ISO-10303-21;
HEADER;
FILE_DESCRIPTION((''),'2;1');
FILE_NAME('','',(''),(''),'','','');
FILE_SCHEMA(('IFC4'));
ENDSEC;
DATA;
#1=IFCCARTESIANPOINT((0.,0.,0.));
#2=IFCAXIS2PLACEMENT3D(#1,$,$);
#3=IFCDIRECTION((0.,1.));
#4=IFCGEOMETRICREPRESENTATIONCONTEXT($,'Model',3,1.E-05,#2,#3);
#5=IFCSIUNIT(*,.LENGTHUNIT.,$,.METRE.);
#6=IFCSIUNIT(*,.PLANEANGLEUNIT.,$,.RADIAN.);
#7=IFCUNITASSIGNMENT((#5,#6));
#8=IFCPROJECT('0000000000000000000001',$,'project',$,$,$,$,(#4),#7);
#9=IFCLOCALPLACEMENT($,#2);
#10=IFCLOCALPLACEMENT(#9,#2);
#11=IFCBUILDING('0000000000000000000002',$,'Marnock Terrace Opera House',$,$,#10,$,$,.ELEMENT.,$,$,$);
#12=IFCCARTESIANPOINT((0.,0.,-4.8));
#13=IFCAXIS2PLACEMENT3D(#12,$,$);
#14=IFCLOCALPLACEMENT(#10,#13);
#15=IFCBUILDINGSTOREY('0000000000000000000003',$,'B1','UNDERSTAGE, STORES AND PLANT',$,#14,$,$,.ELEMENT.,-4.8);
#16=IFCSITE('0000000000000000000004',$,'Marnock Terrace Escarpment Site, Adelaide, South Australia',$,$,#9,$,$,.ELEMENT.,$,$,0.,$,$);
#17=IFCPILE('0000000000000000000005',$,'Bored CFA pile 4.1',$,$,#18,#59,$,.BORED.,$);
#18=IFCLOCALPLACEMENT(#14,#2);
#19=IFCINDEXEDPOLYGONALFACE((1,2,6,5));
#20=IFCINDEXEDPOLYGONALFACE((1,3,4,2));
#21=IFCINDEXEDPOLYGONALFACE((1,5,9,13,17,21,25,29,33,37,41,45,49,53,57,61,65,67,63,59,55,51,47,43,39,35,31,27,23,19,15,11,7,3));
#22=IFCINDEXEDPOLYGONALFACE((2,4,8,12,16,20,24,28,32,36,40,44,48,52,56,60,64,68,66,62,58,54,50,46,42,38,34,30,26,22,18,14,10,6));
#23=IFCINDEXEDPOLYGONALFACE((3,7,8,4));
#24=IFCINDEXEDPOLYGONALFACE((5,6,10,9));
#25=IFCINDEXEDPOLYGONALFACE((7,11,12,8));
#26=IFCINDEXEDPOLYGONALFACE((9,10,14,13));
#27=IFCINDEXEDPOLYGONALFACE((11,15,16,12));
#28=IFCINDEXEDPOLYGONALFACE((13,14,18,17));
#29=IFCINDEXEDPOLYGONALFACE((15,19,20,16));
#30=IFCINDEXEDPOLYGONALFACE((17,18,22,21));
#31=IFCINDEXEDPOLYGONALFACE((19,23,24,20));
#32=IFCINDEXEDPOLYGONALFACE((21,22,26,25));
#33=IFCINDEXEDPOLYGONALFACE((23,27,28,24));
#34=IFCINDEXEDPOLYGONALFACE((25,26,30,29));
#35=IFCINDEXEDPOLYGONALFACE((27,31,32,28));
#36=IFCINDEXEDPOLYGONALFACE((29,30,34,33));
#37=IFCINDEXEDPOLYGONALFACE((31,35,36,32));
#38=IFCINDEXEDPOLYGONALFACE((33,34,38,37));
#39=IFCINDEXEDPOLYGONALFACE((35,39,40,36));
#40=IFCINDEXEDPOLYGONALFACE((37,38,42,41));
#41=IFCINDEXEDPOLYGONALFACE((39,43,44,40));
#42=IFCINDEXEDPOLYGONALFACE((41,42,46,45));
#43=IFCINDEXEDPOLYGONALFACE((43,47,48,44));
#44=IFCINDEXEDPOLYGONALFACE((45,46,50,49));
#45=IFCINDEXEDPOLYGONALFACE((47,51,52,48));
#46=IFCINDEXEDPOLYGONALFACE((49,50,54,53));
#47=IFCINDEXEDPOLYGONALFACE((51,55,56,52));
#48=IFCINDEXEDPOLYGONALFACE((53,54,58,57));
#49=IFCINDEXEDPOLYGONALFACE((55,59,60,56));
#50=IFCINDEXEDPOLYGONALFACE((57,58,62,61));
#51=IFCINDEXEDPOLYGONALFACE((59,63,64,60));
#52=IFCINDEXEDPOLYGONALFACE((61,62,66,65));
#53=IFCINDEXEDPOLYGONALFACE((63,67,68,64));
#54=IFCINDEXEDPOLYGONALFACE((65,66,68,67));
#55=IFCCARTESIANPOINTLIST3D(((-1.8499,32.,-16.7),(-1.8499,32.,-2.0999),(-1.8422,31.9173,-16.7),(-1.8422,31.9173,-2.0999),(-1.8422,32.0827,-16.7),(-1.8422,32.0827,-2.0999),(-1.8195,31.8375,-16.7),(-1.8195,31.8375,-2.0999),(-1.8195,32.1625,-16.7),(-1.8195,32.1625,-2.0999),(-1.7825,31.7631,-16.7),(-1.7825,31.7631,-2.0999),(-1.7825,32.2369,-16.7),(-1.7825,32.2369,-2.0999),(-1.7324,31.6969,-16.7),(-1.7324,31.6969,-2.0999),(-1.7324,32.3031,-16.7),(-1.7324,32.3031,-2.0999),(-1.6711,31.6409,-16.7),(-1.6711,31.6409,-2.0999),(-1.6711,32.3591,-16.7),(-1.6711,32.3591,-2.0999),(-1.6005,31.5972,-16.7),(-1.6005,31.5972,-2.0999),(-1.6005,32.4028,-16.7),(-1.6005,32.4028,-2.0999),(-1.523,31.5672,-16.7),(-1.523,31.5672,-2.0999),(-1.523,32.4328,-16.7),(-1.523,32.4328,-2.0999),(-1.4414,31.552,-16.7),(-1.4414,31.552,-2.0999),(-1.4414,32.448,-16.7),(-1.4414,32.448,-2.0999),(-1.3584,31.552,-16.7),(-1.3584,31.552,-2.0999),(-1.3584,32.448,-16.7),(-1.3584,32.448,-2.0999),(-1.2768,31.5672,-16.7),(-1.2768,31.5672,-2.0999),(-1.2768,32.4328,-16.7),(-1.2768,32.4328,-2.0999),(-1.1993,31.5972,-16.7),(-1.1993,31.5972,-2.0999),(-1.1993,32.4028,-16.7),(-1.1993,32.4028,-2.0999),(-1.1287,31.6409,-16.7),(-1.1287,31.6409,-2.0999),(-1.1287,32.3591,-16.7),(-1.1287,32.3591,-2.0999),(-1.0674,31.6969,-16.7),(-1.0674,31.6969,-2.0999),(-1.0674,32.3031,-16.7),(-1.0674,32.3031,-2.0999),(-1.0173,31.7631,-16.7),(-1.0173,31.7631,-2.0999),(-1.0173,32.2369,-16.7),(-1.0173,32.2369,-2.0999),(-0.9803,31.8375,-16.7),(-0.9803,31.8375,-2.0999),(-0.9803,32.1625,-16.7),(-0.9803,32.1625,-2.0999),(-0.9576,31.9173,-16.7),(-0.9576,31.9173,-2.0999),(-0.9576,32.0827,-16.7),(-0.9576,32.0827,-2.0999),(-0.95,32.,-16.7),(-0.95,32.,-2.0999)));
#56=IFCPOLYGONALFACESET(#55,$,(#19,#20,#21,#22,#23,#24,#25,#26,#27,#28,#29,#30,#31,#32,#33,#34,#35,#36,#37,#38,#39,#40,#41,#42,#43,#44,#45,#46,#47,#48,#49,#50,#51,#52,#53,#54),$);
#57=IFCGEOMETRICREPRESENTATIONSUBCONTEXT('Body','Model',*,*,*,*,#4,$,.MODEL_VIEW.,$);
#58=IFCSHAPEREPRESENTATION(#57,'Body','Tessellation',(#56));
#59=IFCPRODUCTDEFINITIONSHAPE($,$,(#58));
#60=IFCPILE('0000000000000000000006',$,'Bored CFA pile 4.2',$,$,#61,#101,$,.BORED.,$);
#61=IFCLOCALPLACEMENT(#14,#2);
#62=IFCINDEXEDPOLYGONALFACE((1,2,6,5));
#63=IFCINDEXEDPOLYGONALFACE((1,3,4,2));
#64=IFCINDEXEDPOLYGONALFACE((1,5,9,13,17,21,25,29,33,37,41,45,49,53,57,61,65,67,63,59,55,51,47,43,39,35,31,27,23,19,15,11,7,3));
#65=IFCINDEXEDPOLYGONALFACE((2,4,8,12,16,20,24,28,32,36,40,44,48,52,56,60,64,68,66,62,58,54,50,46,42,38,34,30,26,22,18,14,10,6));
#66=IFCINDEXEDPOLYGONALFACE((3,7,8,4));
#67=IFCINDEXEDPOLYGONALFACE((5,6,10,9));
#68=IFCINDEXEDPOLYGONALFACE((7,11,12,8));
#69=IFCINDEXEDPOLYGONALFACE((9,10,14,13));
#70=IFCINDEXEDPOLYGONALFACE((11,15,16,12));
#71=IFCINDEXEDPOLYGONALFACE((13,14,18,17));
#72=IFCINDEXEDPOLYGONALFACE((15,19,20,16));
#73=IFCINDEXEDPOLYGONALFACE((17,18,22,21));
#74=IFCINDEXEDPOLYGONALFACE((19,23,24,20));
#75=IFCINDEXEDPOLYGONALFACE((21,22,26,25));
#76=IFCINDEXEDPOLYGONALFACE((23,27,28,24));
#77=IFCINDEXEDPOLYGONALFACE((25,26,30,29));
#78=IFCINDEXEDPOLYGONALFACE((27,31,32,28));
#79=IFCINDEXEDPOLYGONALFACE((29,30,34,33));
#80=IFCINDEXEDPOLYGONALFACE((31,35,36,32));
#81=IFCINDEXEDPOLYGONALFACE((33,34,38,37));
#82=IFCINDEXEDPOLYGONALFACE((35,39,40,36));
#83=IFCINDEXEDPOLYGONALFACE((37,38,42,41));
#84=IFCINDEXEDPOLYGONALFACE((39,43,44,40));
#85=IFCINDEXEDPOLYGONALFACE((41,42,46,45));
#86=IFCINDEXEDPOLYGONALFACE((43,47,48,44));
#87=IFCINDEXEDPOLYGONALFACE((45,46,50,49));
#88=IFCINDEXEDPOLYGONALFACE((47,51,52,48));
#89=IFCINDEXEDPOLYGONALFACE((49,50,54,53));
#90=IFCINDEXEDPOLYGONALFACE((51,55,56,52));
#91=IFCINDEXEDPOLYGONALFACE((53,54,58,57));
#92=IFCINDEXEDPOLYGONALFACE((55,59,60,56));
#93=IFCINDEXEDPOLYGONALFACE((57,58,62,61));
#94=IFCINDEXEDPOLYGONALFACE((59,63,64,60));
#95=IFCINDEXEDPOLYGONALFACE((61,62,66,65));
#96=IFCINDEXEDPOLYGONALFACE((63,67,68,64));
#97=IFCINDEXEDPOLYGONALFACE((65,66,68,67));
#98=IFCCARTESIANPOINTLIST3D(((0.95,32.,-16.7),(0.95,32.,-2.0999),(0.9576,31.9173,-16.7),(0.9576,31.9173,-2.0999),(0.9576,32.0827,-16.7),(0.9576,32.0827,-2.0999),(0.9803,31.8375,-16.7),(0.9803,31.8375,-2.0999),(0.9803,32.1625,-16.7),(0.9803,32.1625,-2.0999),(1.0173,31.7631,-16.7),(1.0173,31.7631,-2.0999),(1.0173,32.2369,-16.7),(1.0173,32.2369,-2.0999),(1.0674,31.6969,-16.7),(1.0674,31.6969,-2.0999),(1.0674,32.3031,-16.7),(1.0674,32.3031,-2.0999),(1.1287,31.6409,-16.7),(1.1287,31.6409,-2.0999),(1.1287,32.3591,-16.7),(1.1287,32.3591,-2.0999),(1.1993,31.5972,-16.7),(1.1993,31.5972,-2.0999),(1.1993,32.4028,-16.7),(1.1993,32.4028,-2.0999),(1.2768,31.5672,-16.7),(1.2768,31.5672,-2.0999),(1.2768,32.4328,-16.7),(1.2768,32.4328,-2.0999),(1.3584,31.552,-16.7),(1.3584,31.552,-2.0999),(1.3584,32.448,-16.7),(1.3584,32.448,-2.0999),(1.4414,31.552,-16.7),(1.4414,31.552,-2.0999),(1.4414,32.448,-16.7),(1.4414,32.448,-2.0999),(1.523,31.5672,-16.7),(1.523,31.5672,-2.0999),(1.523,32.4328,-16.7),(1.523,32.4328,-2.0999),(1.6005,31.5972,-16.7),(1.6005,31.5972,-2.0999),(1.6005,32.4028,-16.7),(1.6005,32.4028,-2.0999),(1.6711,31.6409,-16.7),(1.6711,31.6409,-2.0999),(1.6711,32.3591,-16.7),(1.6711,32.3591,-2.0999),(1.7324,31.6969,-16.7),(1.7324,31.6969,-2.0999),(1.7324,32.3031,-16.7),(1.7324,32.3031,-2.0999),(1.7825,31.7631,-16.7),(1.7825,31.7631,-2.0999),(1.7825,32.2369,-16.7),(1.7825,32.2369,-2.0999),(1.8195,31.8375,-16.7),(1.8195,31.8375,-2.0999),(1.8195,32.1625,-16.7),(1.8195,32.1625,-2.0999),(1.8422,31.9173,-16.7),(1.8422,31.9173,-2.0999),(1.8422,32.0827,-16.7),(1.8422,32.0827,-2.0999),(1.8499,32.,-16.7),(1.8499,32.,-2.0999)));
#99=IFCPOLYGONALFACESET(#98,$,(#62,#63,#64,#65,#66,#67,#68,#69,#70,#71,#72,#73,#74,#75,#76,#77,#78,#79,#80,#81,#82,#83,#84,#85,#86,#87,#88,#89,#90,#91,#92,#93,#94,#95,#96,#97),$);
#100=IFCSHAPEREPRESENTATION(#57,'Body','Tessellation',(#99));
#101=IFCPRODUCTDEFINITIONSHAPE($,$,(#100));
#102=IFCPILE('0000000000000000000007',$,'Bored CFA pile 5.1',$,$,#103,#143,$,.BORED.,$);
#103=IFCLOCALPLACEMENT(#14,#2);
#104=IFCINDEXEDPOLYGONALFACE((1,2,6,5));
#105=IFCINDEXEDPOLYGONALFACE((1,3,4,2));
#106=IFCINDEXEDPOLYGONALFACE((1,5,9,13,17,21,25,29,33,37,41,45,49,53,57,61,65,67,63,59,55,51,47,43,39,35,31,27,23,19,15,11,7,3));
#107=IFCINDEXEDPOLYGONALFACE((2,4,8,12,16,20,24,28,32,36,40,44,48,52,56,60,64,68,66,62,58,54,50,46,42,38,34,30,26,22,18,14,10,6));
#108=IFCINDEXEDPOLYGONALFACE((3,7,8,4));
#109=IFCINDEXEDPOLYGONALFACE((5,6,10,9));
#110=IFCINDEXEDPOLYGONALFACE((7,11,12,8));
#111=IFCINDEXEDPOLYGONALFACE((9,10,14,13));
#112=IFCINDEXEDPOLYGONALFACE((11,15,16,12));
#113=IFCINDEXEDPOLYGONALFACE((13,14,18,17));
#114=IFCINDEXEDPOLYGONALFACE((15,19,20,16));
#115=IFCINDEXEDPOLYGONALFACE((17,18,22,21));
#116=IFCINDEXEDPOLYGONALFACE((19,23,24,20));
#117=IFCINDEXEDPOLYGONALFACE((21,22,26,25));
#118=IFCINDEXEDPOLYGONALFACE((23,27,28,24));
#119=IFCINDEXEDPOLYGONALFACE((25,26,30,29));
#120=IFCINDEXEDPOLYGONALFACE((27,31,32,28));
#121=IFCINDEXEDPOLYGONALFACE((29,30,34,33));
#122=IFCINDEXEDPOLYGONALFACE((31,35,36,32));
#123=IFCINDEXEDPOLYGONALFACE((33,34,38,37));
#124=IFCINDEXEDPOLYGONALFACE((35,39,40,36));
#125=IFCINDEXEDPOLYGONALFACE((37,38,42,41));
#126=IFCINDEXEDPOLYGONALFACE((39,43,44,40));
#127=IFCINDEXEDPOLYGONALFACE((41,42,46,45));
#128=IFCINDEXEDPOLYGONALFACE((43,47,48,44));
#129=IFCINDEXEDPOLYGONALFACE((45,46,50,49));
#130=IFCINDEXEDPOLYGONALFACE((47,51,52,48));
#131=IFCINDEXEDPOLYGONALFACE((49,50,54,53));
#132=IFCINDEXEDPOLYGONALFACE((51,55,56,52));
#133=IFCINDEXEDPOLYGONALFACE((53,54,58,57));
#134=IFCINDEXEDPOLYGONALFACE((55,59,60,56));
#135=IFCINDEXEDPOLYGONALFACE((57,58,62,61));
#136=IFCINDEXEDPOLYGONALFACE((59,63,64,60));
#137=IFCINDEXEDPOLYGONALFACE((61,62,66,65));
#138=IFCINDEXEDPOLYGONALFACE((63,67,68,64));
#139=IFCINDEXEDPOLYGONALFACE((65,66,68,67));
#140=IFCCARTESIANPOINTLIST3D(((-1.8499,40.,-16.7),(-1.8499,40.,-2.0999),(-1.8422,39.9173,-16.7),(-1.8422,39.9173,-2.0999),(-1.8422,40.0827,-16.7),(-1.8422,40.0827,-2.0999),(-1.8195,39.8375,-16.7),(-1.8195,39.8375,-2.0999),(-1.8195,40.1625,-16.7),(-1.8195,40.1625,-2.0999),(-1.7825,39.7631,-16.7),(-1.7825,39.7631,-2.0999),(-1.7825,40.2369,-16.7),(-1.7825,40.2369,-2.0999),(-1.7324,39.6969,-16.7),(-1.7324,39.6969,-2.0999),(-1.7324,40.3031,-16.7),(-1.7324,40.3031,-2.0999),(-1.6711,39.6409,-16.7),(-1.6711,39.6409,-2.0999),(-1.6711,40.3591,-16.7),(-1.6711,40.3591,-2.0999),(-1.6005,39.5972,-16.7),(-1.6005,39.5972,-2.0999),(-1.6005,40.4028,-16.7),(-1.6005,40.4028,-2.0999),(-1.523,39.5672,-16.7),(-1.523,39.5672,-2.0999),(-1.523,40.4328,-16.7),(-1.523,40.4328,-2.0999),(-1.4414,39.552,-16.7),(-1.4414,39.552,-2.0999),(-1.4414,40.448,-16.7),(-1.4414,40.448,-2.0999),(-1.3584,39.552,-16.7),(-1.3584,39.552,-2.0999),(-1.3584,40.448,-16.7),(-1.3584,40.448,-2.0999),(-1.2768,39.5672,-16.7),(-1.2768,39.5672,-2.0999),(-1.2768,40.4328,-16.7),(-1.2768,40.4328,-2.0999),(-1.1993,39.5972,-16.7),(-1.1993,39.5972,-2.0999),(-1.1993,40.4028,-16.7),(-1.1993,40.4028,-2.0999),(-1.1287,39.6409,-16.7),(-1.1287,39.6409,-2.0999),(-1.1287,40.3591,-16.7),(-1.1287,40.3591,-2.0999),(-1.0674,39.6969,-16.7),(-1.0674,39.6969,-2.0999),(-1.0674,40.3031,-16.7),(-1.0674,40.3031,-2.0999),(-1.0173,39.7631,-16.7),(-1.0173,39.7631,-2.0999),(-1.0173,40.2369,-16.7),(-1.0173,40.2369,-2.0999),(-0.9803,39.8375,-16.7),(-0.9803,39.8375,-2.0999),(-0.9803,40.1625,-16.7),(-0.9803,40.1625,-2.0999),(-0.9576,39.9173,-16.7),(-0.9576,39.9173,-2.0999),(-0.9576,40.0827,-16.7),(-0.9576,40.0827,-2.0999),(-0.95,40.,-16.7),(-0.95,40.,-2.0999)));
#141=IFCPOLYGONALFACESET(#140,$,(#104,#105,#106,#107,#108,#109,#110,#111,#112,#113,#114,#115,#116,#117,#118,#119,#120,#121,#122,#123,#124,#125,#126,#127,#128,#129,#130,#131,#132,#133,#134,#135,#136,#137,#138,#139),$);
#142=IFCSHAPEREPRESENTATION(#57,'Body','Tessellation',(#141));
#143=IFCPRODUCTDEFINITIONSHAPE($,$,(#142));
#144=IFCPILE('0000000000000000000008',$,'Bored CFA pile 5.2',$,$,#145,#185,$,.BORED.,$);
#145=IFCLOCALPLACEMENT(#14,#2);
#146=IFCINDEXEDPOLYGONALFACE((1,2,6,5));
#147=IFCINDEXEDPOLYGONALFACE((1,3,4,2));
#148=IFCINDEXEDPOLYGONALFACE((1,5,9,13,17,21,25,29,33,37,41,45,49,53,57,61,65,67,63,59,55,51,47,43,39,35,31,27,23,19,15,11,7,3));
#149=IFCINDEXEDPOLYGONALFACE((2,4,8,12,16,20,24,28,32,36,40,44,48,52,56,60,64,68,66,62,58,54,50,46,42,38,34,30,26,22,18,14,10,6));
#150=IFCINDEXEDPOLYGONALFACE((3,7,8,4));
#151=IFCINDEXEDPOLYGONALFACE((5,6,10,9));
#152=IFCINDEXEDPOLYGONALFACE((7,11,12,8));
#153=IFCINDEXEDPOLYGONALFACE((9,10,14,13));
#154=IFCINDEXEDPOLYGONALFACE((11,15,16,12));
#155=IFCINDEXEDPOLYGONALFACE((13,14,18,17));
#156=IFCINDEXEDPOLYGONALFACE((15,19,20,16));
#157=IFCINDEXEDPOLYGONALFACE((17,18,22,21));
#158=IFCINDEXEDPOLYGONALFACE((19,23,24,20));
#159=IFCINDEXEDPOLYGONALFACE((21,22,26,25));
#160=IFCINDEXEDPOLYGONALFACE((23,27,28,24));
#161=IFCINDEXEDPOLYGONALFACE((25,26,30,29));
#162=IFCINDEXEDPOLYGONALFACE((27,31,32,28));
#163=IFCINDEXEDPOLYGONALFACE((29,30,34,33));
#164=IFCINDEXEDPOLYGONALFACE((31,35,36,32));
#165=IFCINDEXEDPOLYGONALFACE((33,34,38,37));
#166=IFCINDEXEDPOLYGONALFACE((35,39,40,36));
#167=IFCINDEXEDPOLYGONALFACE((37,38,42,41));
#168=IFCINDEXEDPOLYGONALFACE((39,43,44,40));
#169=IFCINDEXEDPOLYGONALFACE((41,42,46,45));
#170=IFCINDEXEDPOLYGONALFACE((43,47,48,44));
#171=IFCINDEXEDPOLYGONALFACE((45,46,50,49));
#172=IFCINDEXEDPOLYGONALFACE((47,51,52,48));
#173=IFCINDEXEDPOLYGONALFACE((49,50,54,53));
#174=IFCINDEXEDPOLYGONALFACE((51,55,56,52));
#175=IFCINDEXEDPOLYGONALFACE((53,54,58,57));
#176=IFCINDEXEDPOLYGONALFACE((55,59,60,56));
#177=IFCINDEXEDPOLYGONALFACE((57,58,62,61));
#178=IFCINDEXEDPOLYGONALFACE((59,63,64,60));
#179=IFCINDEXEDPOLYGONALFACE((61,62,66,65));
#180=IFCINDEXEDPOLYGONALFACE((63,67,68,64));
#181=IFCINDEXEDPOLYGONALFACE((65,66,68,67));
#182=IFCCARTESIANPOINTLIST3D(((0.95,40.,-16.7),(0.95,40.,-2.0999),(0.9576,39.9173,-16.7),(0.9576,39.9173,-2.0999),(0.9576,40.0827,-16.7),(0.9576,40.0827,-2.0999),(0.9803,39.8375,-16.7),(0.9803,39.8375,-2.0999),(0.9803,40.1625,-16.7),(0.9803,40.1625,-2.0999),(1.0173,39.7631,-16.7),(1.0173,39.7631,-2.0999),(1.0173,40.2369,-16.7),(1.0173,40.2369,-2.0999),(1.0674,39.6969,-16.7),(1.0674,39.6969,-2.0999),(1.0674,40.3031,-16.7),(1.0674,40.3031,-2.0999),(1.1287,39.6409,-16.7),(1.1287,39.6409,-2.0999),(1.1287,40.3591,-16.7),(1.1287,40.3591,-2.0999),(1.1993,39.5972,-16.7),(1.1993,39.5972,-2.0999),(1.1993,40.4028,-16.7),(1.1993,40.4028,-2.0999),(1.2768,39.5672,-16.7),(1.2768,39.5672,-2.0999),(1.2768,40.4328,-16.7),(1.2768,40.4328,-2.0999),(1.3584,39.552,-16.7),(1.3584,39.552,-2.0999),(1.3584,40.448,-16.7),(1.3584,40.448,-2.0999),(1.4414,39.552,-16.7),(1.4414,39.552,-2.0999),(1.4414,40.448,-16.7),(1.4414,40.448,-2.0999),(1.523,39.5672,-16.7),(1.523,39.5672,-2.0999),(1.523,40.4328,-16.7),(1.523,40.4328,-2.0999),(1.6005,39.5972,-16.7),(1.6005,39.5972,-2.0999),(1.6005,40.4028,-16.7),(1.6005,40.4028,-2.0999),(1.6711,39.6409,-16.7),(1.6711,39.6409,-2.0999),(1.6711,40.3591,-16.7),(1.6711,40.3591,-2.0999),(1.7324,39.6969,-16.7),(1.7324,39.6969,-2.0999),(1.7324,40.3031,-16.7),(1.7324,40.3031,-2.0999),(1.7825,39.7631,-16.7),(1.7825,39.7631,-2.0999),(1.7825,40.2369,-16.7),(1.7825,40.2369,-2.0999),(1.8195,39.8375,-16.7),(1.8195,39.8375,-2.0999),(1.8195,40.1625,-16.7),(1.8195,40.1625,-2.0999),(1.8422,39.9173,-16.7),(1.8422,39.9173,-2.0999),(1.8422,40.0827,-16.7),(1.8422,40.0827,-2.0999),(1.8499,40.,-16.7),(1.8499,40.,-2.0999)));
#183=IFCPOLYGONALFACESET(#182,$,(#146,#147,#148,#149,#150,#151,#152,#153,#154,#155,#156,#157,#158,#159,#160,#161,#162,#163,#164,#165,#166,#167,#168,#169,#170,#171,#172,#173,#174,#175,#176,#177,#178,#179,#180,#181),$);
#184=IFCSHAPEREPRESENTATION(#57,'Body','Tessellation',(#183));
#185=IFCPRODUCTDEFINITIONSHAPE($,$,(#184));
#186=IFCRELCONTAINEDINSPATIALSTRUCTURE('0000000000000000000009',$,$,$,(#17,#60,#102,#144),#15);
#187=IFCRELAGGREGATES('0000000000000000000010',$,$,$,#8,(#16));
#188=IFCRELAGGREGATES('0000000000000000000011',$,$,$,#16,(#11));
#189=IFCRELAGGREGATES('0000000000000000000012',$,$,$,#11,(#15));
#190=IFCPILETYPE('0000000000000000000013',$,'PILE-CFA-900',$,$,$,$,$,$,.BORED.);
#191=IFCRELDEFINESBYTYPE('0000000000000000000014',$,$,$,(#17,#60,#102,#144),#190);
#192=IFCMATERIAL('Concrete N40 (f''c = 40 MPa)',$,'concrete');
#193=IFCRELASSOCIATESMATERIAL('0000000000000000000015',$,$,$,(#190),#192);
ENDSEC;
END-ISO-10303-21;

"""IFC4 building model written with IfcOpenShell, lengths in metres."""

from ifc_helpers import new_model, si_unit, direction, frame, origin, origin_2d, place, context, subcontext, project, spatial, circle, extrude, material, material_profile, profile_set, type_object, element, save


model = new_model("IFC4")

# Units and contexts
model_context = context("Model", 3, precision=1e-05, world=origin(), true_north=direction((0.0, 1.0)))
body_context = subcontext(model_context, "Body", "Model", "MODEL_VIEW")
ifc_project = project(units=[si_unit("LENGTHUNIT", "METRE"), si_unit("PLANEANGLEUNIT", "RADIAN")], contexts=[model_context])

# Site, building, storey
site_placement = place(None, origin())
site = spatial("IfcSite", under=ifc_project, at=site_placement, Name="Marnock Terrace Escarpment Site, Adelaide, South Australia", CompositionType="ELEMENT", RefElevation=0.0)
building_placement = place(site_placement, origin())
building = spatial("IfcBuilding", under=site, at=building_placement, Name="Marnock Terrace Opera House", CompositionType="ELEMENT")
storey_placement = place(building_placement, frame((0.0, 0.0, -4.8)))
storey = spatial("IfcBuildingStorey", under=building, at=storey_placement, Name="B1", Description="UNDERSTAGE, STORES AND PLANT", CompositionType="ELEMENT", Elevation=-4.8)

# Shared definitions
ifc_material_1 = material(Name="Concrete N40 (f'c = 40 MPa)", Category="concrete")

# Piles
ifc_material_profile_1 = material_profile(ifc_material_1, circle(Radius=0.45, at=origin_2d()))
ifc_profile_set_1 = profile_set([ifc_material_profile_1], Name="Concrete N40 (f'c = 40 MPa)")
pile_type = type_object("IfcPileType", Name="PILE-CFA-900", PredefinedType="BORED", material=ifc_profile_set_1)
for number, where, z_axis, x_axis, name in (
    (1, (-1.3999, 32.0, -2.0999), (0.0, 0.0, -1.0), (1.0, 0.0, 0.0), "Bored CFA pile 4.1"),
    (2, (1.3999, 32.0, -2.0999), (0.0, 0.0, -1.0), (1.0, 0.0, 0.0), "Bored CFA pile 4.2"),
    (3, (-1.3999, 40.0, -2.0999), (0.0, 0.0, -1.0), (1.0, 0.0, 0.0), "Bored CFA pile 5.1"),
    (4, (1.3999, 40.0, -2.0999), (0.0, 0.0, -1.0), (1.0, 0.0, 0.0), "Bored CFA pile 5.2"),
):
    element("IfcPile", number, at=place(storey_placement, frame(where, z_axis=z_axis, x_axis=x_axis)), inside=storey, type_object=pile_type, Name=name, PredefinedType="BORED", context=body_context, shape_type="SweptSolid", body=[
        extrude(circle(Radius=0.45, at=origin_2d()), origin(), (0.0, 0.0, 1.0), 14.6001),
    ])

save(model, "model.ifc")
